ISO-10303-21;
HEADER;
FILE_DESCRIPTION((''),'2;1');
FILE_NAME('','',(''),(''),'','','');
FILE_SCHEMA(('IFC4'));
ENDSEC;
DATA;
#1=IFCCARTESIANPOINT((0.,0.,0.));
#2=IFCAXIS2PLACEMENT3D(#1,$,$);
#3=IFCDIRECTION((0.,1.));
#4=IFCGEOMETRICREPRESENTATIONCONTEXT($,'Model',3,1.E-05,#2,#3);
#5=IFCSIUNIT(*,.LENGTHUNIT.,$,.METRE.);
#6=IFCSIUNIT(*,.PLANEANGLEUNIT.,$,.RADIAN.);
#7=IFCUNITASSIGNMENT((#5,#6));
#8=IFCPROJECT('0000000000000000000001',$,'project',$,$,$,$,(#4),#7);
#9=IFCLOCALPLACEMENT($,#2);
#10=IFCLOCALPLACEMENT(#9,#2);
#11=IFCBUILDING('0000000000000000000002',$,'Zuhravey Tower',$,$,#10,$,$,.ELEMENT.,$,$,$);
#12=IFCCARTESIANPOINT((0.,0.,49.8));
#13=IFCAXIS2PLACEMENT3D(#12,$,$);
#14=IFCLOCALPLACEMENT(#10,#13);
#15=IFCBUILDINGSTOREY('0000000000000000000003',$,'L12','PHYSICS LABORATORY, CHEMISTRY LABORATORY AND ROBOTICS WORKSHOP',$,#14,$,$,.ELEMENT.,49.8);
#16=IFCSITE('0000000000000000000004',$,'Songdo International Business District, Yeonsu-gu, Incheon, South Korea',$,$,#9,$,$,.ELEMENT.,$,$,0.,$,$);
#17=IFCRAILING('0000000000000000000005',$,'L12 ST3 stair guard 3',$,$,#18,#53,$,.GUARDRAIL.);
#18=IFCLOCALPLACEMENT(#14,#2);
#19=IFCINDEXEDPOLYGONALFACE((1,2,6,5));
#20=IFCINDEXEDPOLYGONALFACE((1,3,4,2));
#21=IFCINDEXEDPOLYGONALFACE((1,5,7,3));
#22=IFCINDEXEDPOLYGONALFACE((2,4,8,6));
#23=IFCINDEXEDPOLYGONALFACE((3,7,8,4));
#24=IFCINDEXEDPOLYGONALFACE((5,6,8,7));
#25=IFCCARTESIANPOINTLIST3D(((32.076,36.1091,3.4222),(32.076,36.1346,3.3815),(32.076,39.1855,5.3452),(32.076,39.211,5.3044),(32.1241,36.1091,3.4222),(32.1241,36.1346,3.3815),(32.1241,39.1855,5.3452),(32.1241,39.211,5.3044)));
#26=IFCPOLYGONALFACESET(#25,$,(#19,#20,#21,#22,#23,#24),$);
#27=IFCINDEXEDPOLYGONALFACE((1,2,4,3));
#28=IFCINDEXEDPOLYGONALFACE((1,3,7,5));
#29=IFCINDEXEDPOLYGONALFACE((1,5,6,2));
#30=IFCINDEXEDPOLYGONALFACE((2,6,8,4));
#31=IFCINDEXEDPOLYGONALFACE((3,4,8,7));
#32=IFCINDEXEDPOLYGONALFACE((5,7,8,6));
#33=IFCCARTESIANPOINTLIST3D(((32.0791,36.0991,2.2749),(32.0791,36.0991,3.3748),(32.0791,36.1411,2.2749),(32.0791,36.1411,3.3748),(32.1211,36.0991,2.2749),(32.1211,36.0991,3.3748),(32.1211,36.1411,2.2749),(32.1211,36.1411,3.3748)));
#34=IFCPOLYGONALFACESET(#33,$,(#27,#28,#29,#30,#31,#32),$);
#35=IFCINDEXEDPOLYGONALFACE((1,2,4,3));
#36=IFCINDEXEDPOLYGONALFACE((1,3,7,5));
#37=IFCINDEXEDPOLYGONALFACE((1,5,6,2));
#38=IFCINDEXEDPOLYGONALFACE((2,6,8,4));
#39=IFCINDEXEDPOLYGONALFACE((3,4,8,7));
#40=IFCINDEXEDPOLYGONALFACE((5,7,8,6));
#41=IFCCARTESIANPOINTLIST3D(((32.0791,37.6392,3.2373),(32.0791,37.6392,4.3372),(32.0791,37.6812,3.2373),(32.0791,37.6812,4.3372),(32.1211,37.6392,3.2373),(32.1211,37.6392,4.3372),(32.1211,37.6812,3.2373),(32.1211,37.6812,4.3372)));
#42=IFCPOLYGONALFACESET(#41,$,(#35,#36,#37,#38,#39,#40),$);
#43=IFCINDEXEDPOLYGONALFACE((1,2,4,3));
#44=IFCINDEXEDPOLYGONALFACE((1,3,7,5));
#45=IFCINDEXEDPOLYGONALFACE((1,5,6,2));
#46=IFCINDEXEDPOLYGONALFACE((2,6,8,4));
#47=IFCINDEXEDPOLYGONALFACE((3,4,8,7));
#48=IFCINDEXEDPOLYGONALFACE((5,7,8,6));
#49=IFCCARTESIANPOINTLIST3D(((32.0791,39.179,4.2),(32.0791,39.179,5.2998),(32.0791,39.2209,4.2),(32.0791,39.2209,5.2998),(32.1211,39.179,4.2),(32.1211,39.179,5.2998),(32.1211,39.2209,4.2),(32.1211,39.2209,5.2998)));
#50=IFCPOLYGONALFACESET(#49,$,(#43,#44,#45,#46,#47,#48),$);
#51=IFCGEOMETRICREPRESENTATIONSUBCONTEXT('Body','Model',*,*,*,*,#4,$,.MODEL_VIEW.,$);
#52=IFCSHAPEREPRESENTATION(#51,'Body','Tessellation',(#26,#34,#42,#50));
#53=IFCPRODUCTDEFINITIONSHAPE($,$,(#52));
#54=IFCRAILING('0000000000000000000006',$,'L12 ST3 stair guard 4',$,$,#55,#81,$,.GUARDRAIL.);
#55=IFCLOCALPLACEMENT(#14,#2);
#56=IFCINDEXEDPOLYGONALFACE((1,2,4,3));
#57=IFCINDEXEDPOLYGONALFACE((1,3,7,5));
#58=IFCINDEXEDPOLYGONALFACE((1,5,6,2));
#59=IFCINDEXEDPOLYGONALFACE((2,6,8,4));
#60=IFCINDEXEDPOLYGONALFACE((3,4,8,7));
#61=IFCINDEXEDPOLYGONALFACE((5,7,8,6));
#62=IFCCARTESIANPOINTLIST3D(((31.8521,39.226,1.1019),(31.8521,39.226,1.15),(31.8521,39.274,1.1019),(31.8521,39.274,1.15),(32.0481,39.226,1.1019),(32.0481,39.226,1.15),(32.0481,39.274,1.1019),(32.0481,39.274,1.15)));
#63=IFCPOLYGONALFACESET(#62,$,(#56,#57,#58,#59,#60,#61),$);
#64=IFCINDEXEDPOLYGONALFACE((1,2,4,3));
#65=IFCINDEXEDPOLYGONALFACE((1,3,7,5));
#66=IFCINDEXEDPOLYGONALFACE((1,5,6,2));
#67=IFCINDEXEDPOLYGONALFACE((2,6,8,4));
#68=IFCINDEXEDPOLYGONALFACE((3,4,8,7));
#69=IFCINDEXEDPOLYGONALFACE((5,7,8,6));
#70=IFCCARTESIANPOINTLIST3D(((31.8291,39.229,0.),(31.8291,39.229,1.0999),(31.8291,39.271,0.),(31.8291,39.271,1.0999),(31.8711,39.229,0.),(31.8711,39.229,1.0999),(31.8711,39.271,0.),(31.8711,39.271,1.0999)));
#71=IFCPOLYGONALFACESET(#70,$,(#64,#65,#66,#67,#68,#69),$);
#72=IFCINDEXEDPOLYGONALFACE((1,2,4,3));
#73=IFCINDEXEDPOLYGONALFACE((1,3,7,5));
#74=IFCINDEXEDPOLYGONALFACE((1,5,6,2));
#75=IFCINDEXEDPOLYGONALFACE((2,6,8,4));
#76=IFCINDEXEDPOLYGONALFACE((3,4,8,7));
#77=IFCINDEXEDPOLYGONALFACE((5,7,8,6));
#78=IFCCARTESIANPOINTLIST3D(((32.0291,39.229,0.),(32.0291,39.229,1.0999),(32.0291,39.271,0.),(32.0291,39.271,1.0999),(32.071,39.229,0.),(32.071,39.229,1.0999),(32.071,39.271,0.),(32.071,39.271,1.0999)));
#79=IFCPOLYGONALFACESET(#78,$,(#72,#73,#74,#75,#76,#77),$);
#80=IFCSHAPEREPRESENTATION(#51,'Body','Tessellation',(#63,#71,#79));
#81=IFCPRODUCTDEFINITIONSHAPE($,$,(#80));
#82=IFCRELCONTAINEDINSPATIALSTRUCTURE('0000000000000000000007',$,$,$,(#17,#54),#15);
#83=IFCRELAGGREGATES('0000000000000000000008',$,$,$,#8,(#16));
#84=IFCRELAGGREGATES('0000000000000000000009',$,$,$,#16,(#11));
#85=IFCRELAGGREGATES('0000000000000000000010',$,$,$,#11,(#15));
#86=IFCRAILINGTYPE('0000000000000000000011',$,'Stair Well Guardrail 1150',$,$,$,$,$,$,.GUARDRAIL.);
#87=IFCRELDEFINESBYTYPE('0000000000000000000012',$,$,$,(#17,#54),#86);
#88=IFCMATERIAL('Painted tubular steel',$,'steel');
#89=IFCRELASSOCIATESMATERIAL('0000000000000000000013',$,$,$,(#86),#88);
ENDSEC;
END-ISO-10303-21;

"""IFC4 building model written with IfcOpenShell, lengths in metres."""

from ifc_helpers import new_model, si_unit, direction, frame, origin, origin_2d, place, context, subcontext, project, spatial, rectangle, extrude, material, type_object, element, save


model = new_model("IFC4")

# Units and contexts
model_context = context("Model", 3, precision=1e-05, world=origin(), true_north=direction((0.0, 1.0)))
body_context = subcontext(model_context, "Body", "Model", "MODEL_VIEW")
ifc_project = project(units=[si_unit("LENGTHUNIT", "METRE"), si_unit("PLANEANGLEUNIT", "RADIAN")], contexts=[model_context])

# Site, building, storey
site_placement = place(None, origin())
site = spatial("IfcSite", under=ifc_project, at=site_placement, Name="Songdo International Business District, Yeonsu-gu, Incheon, South Korea", CompositionType="ELEMENT", RefElevation=0.0)
building_placement = place(site_placement, origin())
building = spatial("IfcBuilding", under=site, at=building_placement, Name="Zuhravey Tower", CompositionType="ELEMENT")
storey_placement = place(building_placement, frame((0.0, 0.0, 49.8)))
storey = spatial("IfcBuildingStorey", under=building, at=storey_placement, Name="L12", Description="PHYSICS LABORATORY, CHEMISTRY LABORATORY AND ROBOTICS WORKSHOP", CompositionType="ELEMENT", Elevation=49.8)

# Railings
ifc_material_1 = material(Name="Painted tubular steel", Category="steel")
railing_type_1 = type_object("IfcRailingType", Name="Stair Well Guardrail 1150", PredefinedType="GUARDRAIL", material=ifc_material_1)
railing_1_placement = place(storey_placement, frame((32.1001, 36.1201, 2.2749)))
element("IfcRailing", 1, at=railing_1_placement, inside=storey, type_object=railing_type_1, Name="L12 ST3 stair guard 3", PredefinedType="GUARDRAIL", context=body_context, shape_type="SweptSolid", body=[
    extrude(rectangle(XDim=0.0481, YDim=0.0481, at=origin_2d()), frame((0.0, 0.0017, 1.127), z_axis=(0.0, 0.847979, 0.530029), x_axis=(-1.0, 0.0, 0.0)), (0.0, 0.0, 1.0), 3.6279),
    extrude(rectangle(XDim=0.042, YDim=0.042, at=origin_2d()), origin(), (0.0, 0.0, 1.0), 1.0999),
    extrude(rectangle(XDim=0.042, YDim=0.042, at=origin_2d()), frame((0.0, 1.54, 0.9624)), (0.0, 0.0, 1.0), 1.0999),
    extrude(rectangle(XDim=0.042, YDim=0.042, at=origin_2d()), frame((0.0, 3.0798, 1.925)), (0.0, 0.0, 1.0), 1.0999),
])
railing_2_placement = place(storey_placement, frame((31.8501, 39.25, 0.0)))
element("IfcRailing", 2, at=railing_2_placement, inside=storey, type_object=railing_type_1, Name="L12 ST3 stair guard 4", PredefinedType="GUARDRAIL", context=body_context, shape_type="SweptSolid", body=[
    extrude(rectangle(XDim=0.0481, YDim=0.0481, at=origin_2d()), frame((0.002, 0.0, 1.126), z_axis=(1.0, 0.0, 0.0), x_axis=(0.0, 1.0, 0.0)), (0.0, 0.0, 1.0), 0.196),
    extrude(rectangle(XDim=0.042, YDim=0.042, at=origin_2d()), origin(), (0.0, 0.0, 1.0), 1.0999),
    extrude(rectangle(XDim=0.042, YDim=0.042, at=origin_2d()), frame((0.2, 0.0, 0.0)), (0.0, 0.0, 1.0), 1.0999),
])

save(model, "model.ifc")
